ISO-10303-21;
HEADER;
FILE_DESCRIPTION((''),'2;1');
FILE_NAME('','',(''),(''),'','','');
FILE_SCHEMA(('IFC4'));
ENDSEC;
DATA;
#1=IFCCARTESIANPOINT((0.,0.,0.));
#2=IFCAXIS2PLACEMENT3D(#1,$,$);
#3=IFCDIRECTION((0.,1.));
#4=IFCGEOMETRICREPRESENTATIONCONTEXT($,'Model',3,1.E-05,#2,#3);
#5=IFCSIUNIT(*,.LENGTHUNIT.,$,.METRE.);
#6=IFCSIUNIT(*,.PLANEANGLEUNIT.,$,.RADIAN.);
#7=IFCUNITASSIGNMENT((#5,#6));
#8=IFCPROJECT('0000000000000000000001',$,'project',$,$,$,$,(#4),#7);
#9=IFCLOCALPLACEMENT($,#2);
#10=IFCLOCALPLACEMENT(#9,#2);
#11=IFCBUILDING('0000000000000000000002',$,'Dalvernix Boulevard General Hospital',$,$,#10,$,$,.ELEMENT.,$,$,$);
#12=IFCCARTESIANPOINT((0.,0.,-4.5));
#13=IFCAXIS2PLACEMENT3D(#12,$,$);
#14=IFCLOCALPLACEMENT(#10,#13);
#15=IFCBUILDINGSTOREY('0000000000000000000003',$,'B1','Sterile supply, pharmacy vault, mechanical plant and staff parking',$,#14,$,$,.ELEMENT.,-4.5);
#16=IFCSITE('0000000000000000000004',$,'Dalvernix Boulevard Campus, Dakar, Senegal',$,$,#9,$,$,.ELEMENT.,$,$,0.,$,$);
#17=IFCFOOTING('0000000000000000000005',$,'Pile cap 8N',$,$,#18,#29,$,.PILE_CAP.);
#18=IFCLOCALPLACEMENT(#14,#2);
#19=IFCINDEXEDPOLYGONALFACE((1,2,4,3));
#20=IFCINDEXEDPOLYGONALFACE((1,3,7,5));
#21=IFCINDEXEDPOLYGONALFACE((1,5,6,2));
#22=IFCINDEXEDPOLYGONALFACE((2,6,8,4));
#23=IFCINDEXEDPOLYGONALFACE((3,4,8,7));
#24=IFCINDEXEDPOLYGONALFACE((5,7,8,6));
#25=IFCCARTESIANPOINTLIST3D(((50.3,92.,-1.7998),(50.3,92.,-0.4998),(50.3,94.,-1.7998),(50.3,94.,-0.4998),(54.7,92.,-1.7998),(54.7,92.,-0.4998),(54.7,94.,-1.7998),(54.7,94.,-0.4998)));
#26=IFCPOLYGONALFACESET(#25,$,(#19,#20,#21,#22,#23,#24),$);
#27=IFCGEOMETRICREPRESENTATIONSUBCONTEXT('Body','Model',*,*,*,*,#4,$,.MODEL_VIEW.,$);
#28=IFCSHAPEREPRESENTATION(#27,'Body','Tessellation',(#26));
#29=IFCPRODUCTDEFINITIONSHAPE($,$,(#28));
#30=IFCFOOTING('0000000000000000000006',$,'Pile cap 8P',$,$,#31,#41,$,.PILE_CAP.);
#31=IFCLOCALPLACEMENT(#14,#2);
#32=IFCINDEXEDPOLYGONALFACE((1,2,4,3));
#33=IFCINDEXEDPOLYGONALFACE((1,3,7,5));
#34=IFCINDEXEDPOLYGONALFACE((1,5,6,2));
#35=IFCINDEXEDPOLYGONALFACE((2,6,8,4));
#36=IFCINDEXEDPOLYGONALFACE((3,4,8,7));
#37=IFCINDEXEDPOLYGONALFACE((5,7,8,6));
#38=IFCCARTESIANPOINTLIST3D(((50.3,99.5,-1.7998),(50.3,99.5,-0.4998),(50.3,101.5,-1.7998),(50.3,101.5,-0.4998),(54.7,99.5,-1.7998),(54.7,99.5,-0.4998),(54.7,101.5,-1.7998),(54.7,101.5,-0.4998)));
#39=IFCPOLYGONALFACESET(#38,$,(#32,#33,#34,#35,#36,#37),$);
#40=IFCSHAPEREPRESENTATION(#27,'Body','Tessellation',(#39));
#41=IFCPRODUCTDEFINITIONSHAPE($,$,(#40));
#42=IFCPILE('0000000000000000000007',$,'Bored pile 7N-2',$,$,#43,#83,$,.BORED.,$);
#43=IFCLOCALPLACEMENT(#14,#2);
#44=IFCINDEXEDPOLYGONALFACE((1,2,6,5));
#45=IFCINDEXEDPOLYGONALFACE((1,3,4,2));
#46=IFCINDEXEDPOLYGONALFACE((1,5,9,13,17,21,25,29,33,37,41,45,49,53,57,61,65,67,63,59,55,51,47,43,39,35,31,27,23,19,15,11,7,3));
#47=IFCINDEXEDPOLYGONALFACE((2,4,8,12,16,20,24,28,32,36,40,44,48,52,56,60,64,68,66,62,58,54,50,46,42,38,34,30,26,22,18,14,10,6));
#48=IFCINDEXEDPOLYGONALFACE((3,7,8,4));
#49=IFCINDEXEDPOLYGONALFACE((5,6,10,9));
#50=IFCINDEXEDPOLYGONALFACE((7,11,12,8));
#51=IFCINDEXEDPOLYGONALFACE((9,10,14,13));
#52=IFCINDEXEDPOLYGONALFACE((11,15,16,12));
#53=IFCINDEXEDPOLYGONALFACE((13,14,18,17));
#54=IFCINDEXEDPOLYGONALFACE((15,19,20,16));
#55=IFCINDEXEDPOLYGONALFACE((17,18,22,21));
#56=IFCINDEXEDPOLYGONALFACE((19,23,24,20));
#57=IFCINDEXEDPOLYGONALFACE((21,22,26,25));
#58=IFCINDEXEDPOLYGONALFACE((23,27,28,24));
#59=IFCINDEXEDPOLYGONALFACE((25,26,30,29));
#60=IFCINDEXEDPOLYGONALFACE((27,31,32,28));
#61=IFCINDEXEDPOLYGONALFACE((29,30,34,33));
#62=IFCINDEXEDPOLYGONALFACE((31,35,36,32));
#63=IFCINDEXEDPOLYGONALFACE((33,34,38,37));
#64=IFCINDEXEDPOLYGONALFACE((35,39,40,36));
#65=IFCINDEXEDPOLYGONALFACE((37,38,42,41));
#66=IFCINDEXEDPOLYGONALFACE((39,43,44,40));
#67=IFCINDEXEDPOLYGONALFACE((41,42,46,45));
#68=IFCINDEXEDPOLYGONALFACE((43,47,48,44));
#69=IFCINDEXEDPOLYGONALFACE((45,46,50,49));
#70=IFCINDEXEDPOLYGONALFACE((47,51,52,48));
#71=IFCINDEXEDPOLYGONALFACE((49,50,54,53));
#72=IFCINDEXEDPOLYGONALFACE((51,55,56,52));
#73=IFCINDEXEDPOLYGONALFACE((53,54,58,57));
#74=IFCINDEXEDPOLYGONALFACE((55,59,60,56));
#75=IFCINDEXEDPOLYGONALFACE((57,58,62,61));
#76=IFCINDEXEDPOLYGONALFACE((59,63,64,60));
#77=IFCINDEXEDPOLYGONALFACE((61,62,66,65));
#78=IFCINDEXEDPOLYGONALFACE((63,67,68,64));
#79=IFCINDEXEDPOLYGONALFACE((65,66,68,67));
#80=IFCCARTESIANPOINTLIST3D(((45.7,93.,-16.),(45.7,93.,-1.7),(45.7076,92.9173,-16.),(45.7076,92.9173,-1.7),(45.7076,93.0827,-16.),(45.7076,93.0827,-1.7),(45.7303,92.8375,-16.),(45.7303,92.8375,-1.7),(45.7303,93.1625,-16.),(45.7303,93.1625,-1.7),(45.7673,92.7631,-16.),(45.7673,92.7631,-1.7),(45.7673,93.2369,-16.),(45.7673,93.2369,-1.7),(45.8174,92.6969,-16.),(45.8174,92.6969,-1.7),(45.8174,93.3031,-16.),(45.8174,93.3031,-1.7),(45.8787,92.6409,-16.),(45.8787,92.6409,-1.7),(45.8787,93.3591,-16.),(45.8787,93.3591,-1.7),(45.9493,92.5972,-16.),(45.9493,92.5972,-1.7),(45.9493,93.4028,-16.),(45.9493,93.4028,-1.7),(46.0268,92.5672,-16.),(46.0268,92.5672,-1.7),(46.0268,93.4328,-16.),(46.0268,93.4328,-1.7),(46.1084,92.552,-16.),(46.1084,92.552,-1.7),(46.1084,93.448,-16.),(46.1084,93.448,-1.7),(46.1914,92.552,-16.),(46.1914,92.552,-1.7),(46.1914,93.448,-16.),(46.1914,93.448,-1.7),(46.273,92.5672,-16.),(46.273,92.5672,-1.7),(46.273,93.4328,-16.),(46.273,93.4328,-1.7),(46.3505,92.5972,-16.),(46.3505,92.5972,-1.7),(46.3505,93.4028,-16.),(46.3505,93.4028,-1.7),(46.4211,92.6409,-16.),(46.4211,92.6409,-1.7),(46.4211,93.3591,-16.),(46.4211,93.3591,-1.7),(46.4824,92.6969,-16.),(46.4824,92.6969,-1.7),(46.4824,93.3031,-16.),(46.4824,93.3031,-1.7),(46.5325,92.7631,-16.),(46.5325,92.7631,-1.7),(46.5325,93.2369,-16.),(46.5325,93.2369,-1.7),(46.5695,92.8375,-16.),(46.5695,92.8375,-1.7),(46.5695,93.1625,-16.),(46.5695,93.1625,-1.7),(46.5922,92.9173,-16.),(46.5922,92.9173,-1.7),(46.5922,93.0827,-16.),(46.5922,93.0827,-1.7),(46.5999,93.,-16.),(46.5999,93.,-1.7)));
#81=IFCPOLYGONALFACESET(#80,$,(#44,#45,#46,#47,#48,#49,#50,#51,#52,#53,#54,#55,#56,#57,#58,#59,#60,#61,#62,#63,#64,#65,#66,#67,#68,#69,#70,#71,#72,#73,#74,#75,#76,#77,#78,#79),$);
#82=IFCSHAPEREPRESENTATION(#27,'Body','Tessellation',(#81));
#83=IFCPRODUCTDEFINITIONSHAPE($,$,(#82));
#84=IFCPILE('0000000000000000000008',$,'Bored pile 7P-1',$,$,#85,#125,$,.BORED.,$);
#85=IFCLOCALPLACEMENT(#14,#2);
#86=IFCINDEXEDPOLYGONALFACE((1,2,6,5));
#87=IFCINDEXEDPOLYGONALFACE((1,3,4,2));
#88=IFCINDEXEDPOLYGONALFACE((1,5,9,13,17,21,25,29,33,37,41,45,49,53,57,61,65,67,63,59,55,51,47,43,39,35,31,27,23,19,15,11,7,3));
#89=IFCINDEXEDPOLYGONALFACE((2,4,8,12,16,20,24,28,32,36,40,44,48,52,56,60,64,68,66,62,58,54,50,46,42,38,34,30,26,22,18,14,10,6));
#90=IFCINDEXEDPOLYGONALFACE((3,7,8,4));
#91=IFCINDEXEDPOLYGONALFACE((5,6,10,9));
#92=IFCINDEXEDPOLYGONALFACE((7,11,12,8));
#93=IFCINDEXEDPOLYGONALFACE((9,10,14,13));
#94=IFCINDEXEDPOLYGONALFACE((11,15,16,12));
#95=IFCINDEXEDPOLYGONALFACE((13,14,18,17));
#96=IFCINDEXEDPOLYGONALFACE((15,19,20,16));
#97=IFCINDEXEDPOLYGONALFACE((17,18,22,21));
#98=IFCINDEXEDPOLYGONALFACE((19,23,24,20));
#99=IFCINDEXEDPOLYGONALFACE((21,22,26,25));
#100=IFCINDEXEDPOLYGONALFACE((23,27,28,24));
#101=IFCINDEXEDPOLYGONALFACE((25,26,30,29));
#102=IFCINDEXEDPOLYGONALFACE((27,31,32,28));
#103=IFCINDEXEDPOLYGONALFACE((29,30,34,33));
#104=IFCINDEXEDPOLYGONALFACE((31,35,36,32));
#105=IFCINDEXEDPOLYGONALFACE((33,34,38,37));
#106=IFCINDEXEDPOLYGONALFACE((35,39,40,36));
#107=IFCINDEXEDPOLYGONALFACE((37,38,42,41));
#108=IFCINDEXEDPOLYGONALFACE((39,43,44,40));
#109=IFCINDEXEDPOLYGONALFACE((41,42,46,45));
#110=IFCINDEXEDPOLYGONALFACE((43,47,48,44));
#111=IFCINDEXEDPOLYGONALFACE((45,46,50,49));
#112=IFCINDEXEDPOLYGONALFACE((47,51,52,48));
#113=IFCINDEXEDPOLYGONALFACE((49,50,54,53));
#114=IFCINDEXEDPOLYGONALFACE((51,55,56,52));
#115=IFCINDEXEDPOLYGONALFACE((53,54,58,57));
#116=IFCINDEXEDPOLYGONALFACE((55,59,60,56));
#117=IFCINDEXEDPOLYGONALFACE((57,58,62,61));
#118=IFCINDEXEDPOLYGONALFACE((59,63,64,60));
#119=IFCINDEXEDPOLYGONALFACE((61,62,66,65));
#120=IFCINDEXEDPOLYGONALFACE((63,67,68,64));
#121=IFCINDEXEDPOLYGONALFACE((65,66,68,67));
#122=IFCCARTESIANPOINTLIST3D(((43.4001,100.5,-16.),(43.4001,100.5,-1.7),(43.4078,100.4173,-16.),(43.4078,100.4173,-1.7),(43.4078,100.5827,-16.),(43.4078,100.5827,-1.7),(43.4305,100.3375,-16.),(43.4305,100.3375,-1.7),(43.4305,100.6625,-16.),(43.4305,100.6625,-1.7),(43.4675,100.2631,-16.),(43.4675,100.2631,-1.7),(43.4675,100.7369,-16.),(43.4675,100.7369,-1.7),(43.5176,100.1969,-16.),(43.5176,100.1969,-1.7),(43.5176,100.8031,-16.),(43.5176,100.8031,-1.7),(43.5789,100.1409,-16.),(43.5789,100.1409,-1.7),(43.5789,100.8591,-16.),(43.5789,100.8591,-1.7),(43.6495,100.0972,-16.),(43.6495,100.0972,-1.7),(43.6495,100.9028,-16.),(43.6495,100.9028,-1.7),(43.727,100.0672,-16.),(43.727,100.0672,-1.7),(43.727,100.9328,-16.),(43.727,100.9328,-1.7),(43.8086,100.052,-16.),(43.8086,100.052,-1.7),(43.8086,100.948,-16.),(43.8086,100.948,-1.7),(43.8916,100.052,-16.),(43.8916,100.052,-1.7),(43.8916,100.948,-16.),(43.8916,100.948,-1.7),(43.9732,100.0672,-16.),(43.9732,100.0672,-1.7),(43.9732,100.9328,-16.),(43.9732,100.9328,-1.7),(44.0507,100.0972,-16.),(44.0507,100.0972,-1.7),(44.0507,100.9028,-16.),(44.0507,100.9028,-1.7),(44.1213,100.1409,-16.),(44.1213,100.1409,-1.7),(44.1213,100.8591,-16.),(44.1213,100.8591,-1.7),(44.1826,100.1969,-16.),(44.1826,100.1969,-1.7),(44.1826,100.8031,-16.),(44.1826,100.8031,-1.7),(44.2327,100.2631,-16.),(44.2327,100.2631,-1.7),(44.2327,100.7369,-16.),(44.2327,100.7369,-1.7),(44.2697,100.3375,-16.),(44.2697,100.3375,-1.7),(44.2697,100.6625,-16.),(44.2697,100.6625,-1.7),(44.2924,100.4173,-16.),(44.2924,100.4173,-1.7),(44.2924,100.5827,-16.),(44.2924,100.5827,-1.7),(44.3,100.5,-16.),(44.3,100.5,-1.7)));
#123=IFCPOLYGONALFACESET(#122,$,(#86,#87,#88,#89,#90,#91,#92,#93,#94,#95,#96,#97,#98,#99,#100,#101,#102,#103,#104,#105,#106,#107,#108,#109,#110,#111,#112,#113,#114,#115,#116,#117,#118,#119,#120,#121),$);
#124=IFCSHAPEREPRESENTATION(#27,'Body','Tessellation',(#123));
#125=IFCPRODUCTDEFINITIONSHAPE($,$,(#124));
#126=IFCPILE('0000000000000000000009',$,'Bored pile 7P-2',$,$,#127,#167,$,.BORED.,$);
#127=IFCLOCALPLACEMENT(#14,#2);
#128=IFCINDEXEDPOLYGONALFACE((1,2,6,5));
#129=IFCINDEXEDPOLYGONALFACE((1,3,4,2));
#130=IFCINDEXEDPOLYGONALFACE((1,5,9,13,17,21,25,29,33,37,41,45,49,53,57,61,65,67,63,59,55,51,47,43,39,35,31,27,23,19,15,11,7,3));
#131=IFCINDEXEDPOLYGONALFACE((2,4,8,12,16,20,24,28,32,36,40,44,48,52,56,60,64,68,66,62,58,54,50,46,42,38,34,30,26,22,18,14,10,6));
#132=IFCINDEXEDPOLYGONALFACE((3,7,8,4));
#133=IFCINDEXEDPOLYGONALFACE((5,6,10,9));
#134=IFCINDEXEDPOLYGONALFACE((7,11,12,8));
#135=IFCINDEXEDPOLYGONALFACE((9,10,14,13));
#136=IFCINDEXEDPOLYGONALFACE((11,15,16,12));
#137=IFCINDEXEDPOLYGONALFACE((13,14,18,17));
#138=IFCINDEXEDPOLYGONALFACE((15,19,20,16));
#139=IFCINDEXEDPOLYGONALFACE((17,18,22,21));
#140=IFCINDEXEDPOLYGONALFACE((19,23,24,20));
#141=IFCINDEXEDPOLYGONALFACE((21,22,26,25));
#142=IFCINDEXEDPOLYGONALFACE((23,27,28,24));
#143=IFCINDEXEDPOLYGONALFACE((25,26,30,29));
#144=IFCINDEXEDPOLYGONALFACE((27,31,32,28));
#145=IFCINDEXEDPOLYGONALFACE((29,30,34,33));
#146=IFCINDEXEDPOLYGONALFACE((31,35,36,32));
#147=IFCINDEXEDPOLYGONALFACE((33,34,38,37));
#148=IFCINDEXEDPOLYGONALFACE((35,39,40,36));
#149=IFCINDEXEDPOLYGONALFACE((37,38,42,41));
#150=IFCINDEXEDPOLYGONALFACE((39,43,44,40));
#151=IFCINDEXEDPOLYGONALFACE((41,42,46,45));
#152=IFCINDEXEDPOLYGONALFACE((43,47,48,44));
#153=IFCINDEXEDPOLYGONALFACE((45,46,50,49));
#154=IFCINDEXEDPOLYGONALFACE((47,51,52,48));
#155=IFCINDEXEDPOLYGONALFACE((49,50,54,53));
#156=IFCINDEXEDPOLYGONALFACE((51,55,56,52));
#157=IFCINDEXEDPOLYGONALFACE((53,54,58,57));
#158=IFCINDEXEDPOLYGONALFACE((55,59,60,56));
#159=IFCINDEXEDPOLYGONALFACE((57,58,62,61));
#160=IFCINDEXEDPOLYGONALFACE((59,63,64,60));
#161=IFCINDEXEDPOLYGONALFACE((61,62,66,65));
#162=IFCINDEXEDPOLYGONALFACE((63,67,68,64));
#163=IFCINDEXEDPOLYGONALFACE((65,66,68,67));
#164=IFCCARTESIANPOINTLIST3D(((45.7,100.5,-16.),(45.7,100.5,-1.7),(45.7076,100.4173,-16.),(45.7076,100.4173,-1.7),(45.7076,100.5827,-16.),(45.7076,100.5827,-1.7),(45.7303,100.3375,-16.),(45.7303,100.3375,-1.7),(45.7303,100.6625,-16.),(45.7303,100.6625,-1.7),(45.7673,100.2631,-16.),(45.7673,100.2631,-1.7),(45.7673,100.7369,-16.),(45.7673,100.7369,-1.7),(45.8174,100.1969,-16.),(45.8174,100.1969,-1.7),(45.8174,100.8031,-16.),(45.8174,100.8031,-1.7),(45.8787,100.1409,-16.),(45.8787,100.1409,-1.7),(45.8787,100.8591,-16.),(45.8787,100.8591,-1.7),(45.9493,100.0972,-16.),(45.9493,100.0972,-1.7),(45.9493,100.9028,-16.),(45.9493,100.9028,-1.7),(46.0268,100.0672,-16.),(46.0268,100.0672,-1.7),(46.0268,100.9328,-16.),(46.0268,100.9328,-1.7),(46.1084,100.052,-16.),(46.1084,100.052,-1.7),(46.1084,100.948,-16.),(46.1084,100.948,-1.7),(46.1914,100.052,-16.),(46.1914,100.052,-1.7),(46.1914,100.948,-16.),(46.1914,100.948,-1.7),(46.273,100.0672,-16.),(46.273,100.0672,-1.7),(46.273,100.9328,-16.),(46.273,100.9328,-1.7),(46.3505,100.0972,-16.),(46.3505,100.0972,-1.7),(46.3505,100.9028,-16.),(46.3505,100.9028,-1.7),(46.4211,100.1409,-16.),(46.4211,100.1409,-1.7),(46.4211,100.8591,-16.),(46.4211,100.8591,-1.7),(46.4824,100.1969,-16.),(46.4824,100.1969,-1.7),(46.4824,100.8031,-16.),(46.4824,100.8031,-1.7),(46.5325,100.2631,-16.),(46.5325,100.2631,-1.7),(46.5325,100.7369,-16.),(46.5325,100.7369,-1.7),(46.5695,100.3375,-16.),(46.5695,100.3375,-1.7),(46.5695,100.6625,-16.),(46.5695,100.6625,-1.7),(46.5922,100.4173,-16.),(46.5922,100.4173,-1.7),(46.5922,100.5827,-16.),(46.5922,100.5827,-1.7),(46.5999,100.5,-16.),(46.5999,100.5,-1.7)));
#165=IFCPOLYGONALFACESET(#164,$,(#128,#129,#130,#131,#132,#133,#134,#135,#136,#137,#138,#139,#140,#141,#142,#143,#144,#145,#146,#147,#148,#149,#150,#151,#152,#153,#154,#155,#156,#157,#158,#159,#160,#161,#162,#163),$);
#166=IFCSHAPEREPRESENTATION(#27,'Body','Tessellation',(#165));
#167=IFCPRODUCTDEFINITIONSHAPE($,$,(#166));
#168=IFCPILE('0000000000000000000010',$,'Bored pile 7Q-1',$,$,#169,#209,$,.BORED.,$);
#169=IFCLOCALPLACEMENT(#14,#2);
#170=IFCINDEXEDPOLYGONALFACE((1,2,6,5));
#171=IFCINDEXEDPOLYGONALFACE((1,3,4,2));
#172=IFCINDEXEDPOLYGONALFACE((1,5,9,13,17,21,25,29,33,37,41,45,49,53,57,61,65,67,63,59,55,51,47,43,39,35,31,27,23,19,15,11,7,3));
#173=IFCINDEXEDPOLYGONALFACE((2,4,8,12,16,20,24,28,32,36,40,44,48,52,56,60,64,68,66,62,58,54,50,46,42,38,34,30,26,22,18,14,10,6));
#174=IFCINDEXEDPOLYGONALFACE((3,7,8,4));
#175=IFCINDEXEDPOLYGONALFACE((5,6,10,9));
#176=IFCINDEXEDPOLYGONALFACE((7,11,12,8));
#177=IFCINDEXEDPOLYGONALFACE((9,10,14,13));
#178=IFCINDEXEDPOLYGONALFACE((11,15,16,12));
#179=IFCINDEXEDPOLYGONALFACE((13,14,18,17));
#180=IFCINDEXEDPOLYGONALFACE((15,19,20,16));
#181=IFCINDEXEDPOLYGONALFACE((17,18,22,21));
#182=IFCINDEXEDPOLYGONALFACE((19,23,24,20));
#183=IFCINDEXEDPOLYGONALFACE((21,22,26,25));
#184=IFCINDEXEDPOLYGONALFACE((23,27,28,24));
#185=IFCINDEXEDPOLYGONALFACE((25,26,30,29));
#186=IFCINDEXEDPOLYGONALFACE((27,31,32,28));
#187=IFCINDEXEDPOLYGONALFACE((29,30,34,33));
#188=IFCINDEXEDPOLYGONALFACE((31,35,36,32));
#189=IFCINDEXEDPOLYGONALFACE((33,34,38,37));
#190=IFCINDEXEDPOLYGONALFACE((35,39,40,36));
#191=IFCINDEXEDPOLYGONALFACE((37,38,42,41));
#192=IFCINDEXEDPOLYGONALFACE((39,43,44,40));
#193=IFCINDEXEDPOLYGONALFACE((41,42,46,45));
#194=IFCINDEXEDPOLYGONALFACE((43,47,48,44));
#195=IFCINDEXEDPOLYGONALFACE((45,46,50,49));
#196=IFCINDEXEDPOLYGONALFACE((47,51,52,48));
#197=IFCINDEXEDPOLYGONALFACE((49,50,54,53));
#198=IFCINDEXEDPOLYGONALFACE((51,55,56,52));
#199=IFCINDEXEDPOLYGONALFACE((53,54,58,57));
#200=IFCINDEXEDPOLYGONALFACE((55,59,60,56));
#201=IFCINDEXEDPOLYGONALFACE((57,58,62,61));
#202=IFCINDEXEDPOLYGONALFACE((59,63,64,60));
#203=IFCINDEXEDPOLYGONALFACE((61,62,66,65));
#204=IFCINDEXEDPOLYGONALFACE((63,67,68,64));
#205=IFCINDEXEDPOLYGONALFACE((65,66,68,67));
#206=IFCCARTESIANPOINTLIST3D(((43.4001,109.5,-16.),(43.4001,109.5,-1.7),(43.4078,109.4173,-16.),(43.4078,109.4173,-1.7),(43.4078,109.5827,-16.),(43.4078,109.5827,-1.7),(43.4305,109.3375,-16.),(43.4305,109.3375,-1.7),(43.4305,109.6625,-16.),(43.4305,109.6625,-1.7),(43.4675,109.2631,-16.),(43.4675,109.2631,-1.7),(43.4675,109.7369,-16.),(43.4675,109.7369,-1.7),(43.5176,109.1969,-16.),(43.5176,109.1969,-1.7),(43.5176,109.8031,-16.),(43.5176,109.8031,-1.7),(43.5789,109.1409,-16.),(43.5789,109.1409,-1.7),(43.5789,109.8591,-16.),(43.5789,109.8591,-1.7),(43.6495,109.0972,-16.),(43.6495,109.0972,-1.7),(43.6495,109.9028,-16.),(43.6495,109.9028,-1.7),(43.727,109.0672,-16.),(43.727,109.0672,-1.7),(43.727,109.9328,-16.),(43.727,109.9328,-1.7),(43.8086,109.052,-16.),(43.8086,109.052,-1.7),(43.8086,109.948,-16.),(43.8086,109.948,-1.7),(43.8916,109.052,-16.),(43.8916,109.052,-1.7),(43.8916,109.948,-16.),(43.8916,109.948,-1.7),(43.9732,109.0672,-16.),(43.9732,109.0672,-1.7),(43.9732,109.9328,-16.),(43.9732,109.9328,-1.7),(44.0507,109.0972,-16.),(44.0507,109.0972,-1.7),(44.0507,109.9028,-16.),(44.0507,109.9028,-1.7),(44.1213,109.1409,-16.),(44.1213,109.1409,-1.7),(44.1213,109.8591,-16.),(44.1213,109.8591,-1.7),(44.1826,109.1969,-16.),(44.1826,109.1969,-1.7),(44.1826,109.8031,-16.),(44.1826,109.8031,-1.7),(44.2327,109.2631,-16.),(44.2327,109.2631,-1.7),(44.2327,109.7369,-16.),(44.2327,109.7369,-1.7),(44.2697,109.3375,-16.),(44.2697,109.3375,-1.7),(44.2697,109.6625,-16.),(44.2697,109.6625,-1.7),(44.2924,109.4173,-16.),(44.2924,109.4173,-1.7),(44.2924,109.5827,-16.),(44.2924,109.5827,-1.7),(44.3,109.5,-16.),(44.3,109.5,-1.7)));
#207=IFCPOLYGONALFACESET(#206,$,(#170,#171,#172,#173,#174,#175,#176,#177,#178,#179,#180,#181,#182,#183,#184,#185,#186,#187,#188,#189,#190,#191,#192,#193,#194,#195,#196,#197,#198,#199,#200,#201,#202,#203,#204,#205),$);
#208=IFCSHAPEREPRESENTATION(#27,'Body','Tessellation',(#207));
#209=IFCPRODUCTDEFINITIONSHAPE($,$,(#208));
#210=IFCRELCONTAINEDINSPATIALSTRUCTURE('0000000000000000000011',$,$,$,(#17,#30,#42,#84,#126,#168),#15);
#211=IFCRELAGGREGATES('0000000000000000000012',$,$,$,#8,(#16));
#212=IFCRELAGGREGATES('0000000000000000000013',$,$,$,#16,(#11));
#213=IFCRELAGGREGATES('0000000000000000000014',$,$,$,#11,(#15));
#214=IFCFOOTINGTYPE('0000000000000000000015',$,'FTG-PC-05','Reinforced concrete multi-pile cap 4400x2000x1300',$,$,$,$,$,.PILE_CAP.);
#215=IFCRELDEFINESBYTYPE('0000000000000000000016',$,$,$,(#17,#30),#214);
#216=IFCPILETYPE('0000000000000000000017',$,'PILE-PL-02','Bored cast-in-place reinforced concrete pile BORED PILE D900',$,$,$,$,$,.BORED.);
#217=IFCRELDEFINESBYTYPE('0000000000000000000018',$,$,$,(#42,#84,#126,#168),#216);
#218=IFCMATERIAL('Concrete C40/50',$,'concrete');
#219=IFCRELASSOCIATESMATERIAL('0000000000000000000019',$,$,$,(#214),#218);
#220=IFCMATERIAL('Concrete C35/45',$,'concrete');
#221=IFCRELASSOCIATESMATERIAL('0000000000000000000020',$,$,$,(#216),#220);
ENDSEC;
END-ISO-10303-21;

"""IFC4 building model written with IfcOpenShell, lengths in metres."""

from ifc_helpers import new_model, si_unit, direction, frame, origin, origin_2d, place, context, subcontext, project, spatial, rectangle, circle, extrude, material, material_profile, profile_set, type_object, element, save


model = new_model("IFC4")

# Units and contexts
model_context = context("Model", 3, precision=1e-05, world=origin(), true_north=direction((0.0, 1.0)))
body_context = subcontext(model_context, "Body", "Model", "MODEL_VIEW")
ifc_project = project(units=[si_unit("LENGTHUNIT", "METRE"), si_unit("PLANEANGLEUNIT", "RADIAN")], contexts=[model_context])

# Site, building, storey
site_placement = place(None, origin())
site = spatial("IfcSite", under=ifc_project, at=site_placement, Name="Dalvernix Boulevard Campus, Dakar, Senegal", CompositionType="ELEMENT", RefElevation=0.0)
building_placement = place(site_placement, origin())
building = spatial("IfcBuilding", under=site, at=building_placement, Name="Dalvernix Boulevard General Hospital", CompositionType="ELEMENT")
storey_placement = place(building_placement, frame((0.0, 0.0, -4.5)))
storey = spatial("IfcBuildingStorey", under=building, at=storey_placement, Name="B1", Description="Sterile supply, pharmacy vault, mechanical plant and staff parking", CompositionType="ELEMENT", Elevation=-4.5)

# Footings
ifc_material_1 = material(Name="Concrete C35/45", Category="concrete")
ifc_material_2 = material(Name="Concrete C40/50", Category="concrete")
footing_type_1 = type_object("IfcFootingType", Name="FTG-PC-05", Description="Reinforced concrete multi-pile cap 4400x2000x1300", PredefinedType="PILE_CAP", material=ifc_material_2)
for number, where, z_axis, x_axis, name in (
    (1, (52.5, 93.0, -1.7998), (0.0, 0.0, 1.0), (1.0, 0.0, 0.0), "Pile cap 8N"),
    (2, (52.5, 100.5, -1.7998), (0.0, 0.0, 1.0), (1.0, 0.0, 0.0), "Pile cap 8P"),
):
    element("IfcFooting", number, at=place(storey_placement, frame(where, z_axis=z_axis, x_axis=x_axis)), inside=storey, type_object=footing_type_1, Name=name, PredefinedType="PILE_CAP", context=body_context, shape_type="SweptSolid", body=[
        extrude(rectangle(XDim=4.3999, YDim=2.0, at=origin_2d()), origin(), (0.0, 0.0, 1.0), 1.3),
    ])

# Piles
ifc_material_profile_1 = material_profile(ifc_material_1, circle(Radius=0.45, at=origin_2d()), Name="BORED PILE D900")
ifc_profile_set_1 = profile_set([ifc_material_profile_1], Name="Concrete C35/45")
pile_type_1 = type_object("IfcPileType", Name="PILE-PL-02", Description="Bored cast-in-place reinforced concrete pile BORED PILE D900", PredefinedType="BORED", material=ifc_profile_set_1)
for number, where, z_axis, x_axis, name in (
    (3, (46.1499, 93.0, -1.7), (0.0, 0.0, -1.0), (1.0, 0.0, 0.0), "Bored pile 7N-2"),
    (4, (43.8501, 100.5, -1.7), (0.0, 0.0, -1.0), (1.0, 0.0, 0.0), "Bored pile 7P-1"),
    (5, (46.1499, 100.5, -1.7), (0.0, 0.0, -1.0), (1.0, 0.0, 0.0), "Bored pile 7P-2"),
    (6, (43.8501, 109.5, -1.7), (0.0, 0.0, -1.0), (1.0, 0.0, 0.0), "Bored pile 7Q-1"),
):
    element("IfcPile", number, at=place(storey_placement, frame(where, z_axis=z_axis, x_axis=x_axis)), inside=storey, type_object=pile_type_1, Name=name, PredefinedType="BORED", context=body_context, shape_type="SweptSolid", body=[
        extrude(circle(Radius=0.45, at=origin_2d()), origin(), (0.0, 0.0, 1.0), 14.3),
    ])

save(model, "model.ifc")
